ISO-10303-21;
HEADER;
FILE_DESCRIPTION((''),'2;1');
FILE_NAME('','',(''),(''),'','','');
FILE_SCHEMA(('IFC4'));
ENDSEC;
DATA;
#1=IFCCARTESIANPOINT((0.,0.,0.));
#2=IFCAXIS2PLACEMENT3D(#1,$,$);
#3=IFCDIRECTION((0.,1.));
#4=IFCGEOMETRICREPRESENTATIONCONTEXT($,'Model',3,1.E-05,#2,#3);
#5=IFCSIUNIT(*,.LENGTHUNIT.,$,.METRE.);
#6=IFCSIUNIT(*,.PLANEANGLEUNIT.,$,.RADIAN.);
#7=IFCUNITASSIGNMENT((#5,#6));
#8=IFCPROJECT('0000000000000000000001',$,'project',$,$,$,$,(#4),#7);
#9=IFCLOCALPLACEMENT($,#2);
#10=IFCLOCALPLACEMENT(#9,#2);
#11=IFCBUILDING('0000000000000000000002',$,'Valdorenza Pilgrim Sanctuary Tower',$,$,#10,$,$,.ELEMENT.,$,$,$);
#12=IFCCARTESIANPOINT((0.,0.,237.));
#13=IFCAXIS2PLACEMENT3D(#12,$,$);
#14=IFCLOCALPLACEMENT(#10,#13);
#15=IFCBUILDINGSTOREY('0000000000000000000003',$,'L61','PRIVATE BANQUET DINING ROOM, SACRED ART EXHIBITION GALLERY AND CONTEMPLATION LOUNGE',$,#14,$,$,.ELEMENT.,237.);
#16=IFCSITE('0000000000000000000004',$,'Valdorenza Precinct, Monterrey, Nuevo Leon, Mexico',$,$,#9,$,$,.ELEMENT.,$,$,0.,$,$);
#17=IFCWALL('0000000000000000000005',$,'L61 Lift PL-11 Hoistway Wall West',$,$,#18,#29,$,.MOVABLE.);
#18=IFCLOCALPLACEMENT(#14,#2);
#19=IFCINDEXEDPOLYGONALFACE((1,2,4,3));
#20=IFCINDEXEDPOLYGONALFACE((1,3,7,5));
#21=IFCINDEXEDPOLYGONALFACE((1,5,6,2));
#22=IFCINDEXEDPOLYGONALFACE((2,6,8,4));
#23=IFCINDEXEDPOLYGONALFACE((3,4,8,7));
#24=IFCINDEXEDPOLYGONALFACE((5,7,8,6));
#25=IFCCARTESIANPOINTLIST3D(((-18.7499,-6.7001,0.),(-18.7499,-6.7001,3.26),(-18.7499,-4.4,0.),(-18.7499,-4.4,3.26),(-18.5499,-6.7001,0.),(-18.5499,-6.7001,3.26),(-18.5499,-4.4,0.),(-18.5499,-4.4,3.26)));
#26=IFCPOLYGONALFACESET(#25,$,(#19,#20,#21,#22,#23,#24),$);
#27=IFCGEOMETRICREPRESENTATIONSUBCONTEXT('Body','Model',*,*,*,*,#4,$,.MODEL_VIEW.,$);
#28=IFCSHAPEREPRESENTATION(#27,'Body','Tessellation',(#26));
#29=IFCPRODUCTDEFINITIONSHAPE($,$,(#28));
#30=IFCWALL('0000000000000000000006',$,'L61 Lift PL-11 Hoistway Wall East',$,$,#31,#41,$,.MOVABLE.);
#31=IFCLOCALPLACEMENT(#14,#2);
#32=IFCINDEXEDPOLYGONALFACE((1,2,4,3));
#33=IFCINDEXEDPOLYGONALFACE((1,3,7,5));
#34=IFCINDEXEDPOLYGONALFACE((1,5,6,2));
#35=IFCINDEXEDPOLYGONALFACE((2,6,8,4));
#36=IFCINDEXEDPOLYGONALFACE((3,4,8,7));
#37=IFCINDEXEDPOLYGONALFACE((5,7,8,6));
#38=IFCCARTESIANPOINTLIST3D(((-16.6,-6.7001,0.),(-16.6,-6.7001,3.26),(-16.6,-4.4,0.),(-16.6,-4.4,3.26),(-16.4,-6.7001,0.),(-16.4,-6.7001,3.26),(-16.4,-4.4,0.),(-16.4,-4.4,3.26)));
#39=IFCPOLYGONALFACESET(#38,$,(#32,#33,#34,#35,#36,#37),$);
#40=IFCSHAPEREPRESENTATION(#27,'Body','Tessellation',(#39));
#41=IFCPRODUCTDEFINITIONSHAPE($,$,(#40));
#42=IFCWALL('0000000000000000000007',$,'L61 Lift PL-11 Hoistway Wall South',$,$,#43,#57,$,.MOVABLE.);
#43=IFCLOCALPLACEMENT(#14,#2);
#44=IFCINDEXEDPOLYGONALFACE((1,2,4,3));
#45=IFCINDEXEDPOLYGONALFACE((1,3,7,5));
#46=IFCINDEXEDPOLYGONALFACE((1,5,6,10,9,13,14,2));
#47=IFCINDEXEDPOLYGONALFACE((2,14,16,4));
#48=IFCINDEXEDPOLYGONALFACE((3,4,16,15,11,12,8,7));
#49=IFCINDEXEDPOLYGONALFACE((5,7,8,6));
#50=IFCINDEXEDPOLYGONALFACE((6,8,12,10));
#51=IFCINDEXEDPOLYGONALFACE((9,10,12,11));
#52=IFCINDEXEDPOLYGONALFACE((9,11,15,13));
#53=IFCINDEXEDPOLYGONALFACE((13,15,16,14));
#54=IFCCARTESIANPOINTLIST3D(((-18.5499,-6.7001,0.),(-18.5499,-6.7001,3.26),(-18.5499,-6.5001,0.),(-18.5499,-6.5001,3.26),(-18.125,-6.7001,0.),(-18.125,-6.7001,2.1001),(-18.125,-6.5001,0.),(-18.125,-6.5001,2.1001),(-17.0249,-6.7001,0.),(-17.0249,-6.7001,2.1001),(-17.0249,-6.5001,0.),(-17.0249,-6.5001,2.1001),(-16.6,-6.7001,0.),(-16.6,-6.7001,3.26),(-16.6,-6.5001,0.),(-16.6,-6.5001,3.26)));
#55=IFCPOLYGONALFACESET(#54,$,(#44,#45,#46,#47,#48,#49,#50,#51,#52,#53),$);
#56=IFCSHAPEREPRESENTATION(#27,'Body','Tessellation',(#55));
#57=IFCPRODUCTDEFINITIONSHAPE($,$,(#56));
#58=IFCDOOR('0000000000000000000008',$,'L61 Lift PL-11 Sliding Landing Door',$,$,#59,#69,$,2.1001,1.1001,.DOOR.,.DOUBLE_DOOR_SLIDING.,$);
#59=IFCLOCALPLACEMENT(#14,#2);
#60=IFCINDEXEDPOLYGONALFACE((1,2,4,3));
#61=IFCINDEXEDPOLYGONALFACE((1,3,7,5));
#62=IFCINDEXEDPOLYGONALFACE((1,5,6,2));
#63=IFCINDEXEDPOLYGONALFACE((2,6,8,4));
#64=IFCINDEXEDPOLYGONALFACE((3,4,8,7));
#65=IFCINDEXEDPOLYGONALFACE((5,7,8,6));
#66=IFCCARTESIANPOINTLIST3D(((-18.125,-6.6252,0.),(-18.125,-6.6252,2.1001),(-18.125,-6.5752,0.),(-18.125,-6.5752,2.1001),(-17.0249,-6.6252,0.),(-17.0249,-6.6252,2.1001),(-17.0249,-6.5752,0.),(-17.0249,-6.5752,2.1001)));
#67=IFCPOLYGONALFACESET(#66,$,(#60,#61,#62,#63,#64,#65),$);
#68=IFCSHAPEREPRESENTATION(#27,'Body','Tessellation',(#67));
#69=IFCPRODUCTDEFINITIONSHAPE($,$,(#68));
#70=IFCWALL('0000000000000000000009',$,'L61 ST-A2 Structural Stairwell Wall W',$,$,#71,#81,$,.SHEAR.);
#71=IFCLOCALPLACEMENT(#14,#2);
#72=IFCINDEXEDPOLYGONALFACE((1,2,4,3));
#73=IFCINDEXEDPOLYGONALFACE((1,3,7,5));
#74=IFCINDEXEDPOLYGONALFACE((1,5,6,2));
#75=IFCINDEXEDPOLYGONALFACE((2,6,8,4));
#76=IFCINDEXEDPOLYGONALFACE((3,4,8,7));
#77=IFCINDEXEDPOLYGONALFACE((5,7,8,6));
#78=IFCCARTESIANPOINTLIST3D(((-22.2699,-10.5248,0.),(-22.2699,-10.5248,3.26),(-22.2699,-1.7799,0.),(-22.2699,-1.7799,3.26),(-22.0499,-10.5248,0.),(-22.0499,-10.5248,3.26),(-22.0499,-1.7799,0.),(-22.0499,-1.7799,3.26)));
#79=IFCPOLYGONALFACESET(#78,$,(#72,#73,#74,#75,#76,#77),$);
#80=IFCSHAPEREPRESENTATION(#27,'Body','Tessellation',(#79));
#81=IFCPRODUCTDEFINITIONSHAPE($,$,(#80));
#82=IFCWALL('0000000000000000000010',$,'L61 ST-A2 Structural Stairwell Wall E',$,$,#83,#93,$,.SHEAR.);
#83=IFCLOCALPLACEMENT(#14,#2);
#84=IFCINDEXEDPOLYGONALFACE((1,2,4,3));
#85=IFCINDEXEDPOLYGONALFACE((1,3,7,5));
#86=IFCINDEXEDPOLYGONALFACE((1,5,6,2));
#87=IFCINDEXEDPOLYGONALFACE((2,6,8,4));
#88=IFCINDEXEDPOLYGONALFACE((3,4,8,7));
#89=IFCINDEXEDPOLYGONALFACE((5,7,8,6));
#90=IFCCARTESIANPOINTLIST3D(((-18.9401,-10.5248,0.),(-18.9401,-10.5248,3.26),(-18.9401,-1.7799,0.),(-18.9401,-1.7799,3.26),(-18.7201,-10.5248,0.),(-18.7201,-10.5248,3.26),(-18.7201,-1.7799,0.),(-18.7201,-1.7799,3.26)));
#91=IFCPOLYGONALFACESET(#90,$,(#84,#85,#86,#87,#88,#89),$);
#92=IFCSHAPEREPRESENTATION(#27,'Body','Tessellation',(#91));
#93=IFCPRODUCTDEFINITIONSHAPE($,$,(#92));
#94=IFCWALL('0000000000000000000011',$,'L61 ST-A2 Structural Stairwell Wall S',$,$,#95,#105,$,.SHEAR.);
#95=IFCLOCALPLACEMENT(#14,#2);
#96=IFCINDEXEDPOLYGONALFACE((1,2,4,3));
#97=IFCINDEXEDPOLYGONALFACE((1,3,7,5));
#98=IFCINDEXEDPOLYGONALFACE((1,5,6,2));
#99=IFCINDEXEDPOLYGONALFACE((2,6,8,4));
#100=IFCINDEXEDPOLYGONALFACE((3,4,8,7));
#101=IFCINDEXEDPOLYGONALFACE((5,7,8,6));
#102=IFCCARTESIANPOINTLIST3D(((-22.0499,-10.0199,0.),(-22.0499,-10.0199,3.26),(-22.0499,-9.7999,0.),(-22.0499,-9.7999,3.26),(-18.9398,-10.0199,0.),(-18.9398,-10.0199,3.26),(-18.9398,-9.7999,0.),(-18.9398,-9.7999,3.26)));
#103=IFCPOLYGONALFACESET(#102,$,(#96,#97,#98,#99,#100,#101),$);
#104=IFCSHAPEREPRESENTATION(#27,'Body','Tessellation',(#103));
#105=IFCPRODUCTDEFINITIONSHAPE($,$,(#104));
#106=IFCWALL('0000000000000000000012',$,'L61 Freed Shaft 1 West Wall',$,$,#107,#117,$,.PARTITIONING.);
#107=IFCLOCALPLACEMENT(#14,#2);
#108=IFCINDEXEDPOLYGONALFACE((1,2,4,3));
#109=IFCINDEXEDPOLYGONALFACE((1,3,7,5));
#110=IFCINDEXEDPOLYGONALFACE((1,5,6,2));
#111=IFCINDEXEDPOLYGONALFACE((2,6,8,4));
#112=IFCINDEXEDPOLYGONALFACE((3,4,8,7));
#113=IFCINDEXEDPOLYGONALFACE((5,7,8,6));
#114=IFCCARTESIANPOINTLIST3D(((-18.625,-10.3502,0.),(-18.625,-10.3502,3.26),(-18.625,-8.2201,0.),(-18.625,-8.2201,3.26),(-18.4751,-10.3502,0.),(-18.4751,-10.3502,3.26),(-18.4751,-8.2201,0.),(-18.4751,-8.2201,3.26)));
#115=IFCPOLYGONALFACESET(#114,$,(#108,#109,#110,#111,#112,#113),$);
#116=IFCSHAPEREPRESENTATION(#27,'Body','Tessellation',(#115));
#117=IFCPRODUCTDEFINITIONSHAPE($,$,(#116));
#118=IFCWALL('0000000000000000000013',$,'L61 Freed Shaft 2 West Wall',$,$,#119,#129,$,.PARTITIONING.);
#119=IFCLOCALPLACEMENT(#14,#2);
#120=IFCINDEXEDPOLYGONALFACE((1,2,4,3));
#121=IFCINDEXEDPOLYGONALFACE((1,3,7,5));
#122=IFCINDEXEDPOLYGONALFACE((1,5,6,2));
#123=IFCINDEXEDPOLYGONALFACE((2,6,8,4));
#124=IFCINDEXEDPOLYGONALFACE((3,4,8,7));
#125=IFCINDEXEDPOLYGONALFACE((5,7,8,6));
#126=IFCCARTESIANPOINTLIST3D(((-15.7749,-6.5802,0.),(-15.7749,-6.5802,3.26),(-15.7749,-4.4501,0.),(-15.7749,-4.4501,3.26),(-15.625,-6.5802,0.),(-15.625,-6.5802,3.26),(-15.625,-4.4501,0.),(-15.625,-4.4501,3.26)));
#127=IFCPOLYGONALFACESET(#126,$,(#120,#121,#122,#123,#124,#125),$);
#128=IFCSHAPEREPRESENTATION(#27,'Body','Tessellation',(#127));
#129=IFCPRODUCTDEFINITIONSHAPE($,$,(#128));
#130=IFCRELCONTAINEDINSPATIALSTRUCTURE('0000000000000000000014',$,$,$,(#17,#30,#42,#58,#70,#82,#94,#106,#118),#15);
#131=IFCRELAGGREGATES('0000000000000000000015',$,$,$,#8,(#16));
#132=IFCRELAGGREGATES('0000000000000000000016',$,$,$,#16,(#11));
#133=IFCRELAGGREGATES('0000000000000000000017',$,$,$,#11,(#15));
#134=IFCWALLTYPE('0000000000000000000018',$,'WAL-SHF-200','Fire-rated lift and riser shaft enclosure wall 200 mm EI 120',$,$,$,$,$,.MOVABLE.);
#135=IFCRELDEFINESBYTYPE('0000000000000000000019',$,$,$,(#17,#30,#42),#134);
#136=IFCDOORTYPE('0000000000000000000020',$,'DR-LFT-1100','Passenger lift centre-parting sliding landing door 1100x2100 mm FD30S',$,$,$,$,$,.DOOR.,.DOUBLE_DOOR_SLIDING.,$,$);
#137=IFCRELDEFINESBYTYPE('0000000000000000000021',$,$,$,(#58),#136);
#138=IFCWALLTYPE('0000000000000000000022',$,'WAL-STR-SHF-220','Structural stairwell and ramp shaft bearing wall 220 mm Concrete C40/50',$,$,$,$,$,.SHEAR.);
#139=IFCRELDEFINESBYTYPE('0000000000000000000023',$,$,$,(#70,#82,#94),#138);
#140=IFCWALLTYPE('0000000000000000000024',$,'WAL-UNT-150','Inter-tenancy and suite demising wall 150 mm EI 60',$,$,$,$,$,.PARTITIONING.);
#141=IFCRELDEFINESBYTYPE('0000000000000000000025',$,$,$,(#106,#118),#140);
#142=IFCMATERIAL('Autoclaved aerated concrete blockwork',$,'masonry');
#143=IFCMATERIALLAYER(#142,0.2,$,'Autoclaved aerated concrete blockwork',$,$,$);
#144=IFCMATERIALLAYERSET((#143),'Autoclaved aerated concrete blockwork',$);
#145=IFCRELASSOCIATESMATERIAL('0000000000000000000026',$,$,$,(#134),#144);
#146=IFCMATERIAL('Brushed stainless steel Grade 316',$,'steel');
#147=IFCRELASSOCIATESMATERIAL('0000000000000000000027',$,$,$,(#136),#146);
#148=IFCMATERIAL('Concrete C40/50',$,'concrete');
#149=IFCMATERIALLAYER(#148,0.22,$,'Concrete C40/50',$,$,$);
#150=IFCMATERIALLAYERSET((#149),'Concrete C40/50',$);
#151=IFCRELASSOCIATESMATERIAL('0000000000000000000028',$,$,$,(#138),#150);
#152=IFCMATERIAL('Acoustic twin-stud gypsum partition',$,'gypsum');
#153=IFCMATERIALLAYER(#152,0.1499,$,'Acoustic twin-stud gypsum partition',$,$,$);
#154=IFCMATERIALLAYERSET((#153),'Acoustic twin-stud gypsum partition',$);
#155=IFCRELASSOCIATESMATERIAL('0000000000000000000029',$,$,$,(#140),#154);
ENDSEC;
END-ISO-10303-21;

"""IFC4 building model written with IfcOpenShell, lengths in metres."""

from ifc_helpers import new_model, si_unit, direction, frame, frame_2d, origin, place, context, subcontext, project, spatial, rectangle, extrude, material, layer, layer_set, type_object, element, fill, save


model = new_model("IFC4")

# Units and contexts
model_context = context("Model", 3, precision=1e-05, world=origin(), true_north=direction((0.0, 1.0)))
body_context = subcontext(model_context, "Body", "Model", "MODEL_VIEW")
ifc_project = project(units=[si_unit("LENGTHUNIT", "METRE"), si_unit("PLANEANGLEUNIT", "RADIAN")], contexts=[model_context])

# Site, building, storey
site_placement = place(None, origin())
site = spatial("IfcSite", under=ifc_project, at=site_placement, Name="Valdorenza Precinct, Monterrey, Nuevo Leon, Mexico", CompositionType="ELEMENT", RefElevation=0.0)
building_placement = place(site_placement, origin())
building = spatial("IfcBuilding", under=site, at=building_placement, Name="Valdorenza Pilgrim Sanctuary Tower", CompositionType="ELEMENT")
storey_placement = place(building_placement, frame((0.0, 0.0, 237.0)))
storey = spatial("IfcBuildingStorey", under=building, at=storey_placement, Name="L61", Description="PRIVATE BANQUET DINING ROOM, SACRED ART EXHIBITION GALLERY AND CONTEMPLATION LOUNGE", CompositionType="ELEMENT", Elevation=237.0)

# Shared definitions
ifc_material_1 = material(Name="Acoustic twin-stud gypsum partition", Category="gypsum")

# Walls
ifc_material_2 = material(Name="Autoclaved aerated concrete blockwork", Category="masonry")
ifc_layer_1 = layer(ifc_material_2, 0.2, Name="Autoclaved aerated concrete blockwork")
ifc_layer_set_1 = layer_set([ifc_layer_1], Name="Autoclaved aerated concrete blockwork")
wall_type_1 = type_object("IfcWallType", Name="WAL-SHF-200", Description="Fire-rated lift and riser shaft enclosure wall 200 mm EI 120", PredefinedType="MOVABLE", material=ifc_layer_set_1)
for number, where, z_axis, x_axis, name in (
    (1, (-18.6499, -6.7, 0.0), (0.0, 0.0, 1.0), (0.0, 1.0, 0.0), "L61 Lift PL-11 Hoistway Wall West"),
    (2, (-16.5, -6.7, 0.0), (0.0, 0.0, 1.0), (0.0, 1.0, 0.0), "L61 Lift PL-11 Hoistway Wall East"),
):
    element("IfcWall", number, at=place(storey_placement, frame(where, z_axis=z_axis, x_axis=x_axis)), inside=storey, type_object=wall_type_1, Name=name, PredefinedType="MOVABLE", context=body_context, shape_type="SweptSolid", body=[
        extrude(rectangle(XDim=2.3, YDim=0.2, at=frame_2d((1.1499, 0.0))), origin(), (0.0, 0.0, 1.0), 3.26),
    ])

# Wall, opening, door
wall_1_placement = place(storey_placement, frame((-18.55, -6.6001, 0.0), z_axis=(0.0, 0.0, 1.0), x_axis=(1.0, 0.0, 0.0)))
wall_1 = element("IfcWall", 3, at=wall_1_placement, inside=storey, type_object=wall_type_1, Name="L61 Lift PL-11 Hoistway Wall South", PredefinedType="MOVABLE", context=body_context, shape_type="SweptSolid", body=[
    extrude(rectangle(XDim=1.95, YDim=0.2, at=frame_2d((0.9751, 0.0))), origin(), (0.0, 0.0, 1.0), 3.26),
])
opening_1_placement = place(wall_1_placement, frame((0.425, 0.0, 0.0)))
opening_1 = element("IfcOpeningElement", 4, at=opening_1_placement, cuts=wall_1, PredefinedType="OPENING", context=body_context, shape_type="SweptSolid", body=[
    extrude(rectangle(XDim=1.1001, YDim=2.1001, at=frame_2d((0.55, 1.05))), frame((0.0, 0.1147, 0.0), z_axis=(0.0, -1.0, 0.0), x_axis=(1.0, 0.0, 0.0)), (0.0, 0.0, 1.0), 0.2297),
])
ifc_material_3 = material(Name="Brushed stainless steel Grade 316", Category="steel")
door_type_1 = type_object("IfcDoorType", Name="DR-LFT-1100", Description="Passenger lift centre-parting sliding landing door 1100x2100 mm FD30S", OperationType="DOUBLE_DOOR_SLIDING", PredefinedType="DOOR", material=ifc_material_3)
door_1_placement = place(opening_1_placement, origin())
door_1 = element("IfcDoor", 5, at=door_1_placement, inside=storey, type_object=door_type_1, Name="L61 Lift PL-11 Sliding Landing Door", OperationType="DOUBLE_DOOR_SLIDING", OverallHeight=2.1001, OverallWidth=1.1001, PredefinedType="DOOR", context=body_context, shape_type="SweptSolid", body=[
    extrude(rectangle(XDim=1.1001, YDim=2.1001, at=frame_2d((0.55, 1.05))), frame((0.0, 0.0249, 0.0), z_axis=(0.0, -1.0, 0.0), x_axis=(1.0, 0.0, 0.0)), (0.0, 0.0, 1.0), 0.05),
])
fill(opening_1, door_1)

# Walls
ifc_material_4 = material(Name="Concrete C40/50", Category="concrete")
ifc_layer_2 = layer(ifc_material_4, 0.22, Name="Concrete C40/50")
ifc_layer_set_2 = layer_set([ifc_layer_2], Name="Concrete C40/50")
wall_type_2 = type_object("IfcWallType", Name="WAL-STR-SHF-220", Description="Structural stairwell and ramp shaft bearing wall 220 mm Concrete C40/50", PredefinedType="SHEAR", material=ifc_layer_set_2)
for number, where, z_axis, x_axis, name in (
    (6, (-22.1599, -10.5249, 0.0), (0.0, 0.0, 1.0), (0.0, 1.0, 0.0), "L61 ST-A2 Structural Stairwell Wall W"),
    (7, (-18.8301, -10.5249, 0.0), (0.0, 0.0, 1.0), (0.0, 1.0, 0.0), "L61 ST-A2 Structural Stairwell Wall E"),
):
    element("IfcWall", number, at=place(storey_placement, frame(where, z_axis=z_axis, x_axis=x_axis)), inside=storey, type_object=wall_type_2, Name=name, PredefinedType="SHEAR", context=body_context, shape_type="SweptSolid", body=[
        extrude(rectangle(XDim=8.7449, YDim=0.22, at=frame_2d((4.3726, 0.0))), origin(), (0.0, 0.0, 1.0), 3.26),
    ])
wall_2_placement = place(storey_placement, frame((-22.05, -9.9099, 0.0), z_axis=(0.0, 0.0, 1.0), x_axis=(1.0, 0.0, 0.0)))
element("IfcWall", 8, at=wall_2_placement, inside=storey, type_object=wall_type_2, Name="L61 ST-A2 Structural Stairwell Wall S", PredefinedType="SHEAR", context=body_context, shape_type="SweptSolid", body=[
    extrude(rectangle(XDim=3.1101, YDim=0.22, at=frame_2d((1.5552, 0.0))), origin(), (0.0, 0.0, 1.0), 3.26),
])
ifc_layer_3 = layer(ifc_material_1, 0.1499, Name="Acoustic twin-stud gypsum partition")
ifc_layer_set_3 = layer_set([ifc_layer_3], Name="Acoustic twin-stud gypsum partition")
wall_type_3 = type_object("IfcWallType", Name="WAL-UNT-150", Description="Inter-tenancy and suite demising wall 150 mm EI 60", PredefinedType="PARTITIONING", material=ifc_layer_set_3)
for number, where, z_axis, x_axis, name in (
    (9, (-18.55, -10.3501, 0.0), (0.0, 0.0, 1.0), (0.0, 1.0, 0.0), "L61 Freed Shaft 1 West Wall"),
    (10, (-15.7, -6.5801, 0.0), (0.0, 0.0, 1.0), (0.0, 1.0, 0.0), "L61 Freed Shaft 2 West Wall"),
):
    element("IfcWall", number, at=place(storey_placement, frame(where, z_axis=z_axis, x_axis=x_axis)), inside=storey, type_object=wall_type_3, Name=name, PredefinedType="PARTITIONING", context=body_context, shape_type="SweptSolid", body=[
        extrude(rectangle(XDim=2.1301, YDim=0.1499, at=frame_2d((1.0649, 0.0))), origin(), (0.0, 0.0, 1.0), 3.26),
    ])

save(model, "model.ifc")
